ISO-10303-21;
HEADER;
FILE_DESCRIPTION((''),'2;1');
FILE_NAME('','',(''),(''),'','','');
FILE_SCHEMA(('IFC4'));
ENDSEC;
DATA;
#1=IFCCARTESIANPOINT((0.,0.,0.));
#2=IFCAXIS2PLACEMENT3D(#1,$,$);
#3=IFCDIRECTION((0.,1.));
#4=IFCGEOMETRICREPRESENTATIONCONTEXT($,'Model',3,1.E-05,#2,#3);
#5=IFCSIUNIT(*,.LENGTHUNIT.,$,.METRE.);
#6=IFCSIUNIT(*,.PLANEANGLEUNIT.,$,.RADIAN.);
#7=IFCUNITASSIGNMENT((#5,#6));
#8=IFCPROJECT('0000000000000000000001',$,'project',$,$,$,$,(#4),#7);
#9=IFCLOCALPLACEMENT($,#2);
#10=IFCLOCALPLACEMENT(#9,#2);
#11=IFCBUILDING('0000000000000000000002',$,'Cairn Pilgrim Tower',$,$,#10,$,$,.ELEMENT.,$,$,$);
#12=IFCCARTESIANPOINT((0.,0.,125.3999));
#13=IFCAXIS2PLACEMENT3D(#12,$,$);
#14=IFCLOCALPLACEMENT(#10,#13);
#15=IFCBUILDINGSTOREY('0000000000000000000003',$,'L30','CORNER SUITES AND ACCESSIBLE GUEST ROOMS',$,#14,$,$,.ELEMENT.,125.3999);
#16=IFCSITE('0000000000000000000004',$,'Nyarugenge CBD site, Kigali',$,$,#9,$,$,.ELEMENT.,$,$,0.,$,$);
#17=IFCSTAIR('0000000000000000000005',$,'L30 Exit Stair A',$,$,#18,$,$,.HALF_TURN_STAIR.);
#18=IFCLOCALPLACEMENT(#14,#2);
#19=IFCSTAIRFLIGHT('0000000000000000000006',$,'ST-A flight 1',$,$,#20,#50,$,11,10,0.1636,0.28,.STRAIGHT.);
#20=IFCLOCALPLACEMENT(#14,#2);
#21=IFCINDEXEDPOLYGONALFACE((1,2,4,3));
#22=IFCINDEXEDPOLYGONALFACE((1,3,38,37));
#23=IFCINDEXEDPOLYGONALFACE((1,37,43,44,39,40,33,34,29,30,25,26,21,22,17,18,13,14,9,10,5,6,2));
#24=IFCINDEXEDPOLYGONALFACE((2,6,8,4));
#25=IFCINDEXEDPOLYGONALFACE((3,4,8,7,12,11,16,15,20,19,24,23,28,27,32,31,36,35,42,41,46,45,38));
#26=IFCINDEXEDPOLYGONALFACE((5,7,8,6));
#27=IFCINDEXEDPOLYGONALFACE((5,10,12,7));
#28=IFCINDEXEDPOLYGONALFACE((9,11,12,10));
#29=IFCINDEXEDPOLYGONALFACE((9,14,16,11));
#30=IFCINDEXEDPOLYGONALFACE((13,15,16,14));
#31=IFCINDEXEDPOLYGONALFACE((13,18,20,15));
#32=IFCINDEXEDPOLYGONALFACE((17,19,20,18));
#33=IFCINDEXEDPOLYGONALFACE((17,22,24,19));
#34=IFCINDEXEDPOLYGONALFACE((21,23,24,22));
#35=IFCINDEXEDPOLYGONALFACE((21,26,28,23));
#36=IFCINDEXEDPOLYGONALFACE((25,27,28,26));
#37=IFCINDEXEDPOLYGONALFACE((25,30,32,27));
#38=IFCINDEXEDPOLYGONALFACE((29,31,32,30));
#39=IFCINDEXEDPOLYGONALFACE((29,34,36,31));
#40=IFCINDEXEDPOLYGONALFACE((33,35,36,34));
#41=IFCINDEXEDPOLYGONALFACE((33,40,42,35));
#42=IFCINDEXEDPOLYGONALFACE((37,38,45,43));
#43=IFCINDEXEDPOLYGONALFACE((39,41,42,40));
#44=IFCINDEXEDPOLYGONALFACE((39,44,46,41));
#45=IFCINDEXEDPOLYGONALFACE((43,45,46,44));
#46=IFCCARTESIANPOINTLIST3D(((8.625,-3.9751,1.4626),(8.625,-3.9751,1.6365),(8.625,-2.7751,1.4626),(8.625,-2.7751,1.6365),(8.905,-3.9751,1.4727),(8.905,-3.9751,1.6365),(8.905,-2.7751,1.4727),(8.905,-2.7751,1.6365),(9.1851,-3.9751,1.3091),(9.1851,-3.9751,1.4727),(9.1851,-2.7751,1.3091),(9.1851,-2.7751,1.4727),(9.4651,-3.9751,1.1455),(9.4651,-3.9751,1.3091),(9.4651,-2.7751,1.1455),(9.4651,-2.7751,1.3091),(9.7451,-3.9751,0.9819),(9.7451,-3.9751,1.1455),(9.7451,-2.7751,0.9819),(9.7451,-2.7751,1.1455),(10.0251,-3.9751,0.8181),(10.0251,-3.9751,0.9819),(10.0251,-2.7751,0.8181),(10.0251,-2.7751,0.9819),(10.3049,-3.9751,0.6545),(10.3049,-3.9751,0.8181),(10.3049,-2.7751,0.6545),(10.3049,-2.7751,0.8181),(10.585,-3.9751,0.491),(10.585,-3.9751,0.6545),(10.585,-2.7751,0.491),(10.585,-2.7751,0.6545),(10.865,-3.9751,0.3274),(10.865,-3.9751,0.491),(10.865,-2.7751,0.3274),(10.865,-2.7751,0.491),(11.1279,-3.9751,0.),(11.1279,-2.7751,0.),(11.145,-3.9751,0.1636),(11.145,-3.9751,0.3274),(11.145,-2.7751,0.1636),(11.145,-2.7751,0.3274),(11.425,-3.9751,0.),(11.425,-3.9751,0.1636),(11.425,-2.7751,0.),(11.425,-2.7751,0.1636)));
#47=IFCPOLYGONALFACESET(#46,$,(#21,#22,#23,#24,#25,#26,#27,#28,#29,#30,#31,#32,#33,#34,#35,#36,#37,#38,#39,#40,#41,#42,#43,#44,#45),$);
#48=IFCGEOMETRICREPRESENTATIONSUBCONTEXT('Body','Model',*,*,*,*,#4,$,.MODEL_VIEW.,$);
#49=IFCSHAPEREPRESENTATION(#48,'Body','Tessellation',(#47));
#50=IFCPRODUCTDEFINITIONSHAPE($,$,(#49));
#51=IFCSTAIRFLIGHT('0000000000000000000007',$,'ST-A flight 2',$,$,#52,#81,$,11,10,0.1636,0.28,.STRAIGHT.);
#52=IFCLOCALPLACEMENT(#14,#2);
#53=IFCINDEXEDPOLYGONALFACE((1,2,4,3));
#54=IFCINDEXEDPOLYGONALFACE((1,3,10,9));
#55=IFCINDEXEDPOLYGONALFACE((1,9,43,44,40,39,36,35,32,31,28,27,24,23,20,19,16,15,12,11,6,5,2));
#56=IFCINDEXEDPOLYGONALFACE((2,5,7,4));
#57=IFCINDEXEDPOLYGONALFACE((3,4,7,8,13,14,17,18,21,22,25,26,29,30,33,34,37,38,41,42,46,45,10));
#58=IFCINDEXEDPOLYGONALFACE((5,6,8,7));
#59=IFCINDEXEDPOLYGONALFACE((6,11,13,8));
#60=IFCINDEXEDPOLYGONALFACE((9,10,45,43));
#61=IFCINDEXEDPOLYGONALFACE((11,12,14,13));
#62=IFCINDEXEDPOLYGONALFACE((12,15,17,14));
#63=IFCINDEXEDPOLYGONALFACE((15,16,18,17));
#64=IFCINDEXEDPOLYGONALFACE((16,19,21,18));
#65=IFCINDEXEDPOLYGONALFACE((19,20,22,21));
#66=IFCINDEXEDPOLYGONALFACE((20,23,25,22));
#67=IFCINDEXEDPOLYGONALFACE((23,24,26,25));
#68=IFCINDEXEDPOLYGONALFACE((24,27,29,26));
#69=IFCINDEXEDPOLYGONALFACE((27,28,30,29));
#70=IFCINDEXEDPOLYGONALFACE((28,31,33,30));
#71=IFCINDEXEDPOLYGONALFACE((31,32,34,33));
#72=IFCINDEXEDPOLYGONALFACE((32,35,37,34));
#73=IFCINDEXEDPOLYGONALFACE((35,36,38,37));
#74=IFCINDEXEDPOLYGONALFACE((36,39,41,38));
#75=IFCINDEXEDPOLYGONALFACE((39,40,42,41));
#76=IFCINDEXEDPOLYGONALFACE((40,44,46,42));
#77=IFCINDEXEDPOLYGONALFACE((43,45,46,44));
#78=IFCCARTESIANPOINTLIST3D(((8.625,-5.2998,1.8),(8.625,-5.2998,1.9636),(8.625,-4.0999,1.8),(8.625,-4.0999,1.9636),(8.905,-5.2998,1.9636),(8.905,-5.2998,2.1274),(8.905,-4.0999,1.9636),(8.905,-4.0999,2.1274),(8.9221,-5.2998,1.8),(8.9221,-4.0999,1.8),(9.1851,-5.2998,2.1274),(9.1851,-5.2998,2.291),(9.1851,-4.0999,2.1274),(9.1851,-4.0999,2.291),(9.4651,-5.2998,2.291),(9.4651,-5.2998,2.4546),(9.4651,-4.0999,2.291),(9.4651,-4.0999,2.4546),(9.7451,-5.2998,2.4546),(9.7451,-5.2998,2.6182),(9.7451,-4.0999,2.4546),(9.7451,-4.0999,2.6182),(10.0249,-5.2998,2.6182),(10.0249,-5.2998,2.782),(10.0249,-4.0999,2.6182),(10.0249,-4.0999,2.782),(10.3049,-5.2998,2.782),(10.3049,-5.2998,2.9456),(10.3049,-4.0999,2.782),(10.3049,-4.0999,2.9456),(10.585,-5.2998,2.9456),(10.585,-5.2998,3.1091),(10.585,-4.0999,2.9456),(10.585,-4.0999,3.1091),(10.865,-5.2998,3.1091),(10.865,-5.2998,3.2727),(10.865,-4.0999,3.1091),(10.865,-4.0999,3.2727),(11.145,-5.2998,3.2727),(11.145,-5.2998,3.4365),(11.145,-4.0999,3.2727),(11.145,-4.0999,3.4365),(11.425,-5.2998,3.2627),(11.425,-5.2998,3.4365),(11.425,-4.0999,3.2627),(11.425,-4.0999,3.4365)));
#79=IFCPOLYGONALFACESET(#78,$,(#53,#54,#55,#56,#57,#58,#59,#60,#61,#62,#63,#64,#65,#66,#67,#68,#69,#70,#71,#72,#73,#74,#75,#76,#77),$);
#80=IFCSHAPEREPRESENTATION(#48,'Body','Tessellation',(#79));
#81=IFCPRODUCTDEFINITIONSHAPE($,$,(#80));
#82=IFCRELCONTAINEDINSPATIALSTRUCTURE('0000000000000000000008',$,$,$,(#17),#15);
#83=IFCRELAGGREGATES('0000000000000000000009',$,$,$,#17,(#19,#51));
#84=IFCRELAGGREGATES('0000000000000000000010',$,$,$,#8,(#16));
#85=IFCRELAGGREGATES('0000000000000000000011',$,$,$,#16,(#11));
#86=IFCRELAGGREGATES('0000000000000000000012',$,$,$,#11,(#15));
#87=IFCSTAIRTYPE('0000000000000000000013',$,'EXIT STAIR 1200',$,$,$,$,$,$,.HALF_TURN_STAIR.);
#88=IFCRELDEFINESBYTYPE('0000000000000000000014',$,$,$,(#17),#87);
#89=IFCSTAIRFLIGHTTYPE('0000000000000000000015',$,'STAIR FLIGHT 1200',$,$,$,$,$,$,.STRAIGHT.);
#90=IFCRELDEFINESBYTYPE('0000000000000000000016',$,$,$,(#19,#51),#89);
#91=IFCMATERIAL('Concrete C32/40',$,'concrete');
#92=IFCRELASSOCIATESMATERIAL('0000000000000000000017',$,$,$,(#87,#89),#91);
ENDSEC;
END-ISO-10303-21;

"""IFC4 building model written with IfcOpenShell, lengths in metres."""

from ifc_helpers import new_model, si_unit, direction, frame, origin, place, context, subcontext, project, spatial, polyline, outline, extrude, material, type_object, element, aggregate, save


model = new_model("IFC4")

# Units and contexts
model_context = context("Model", 3, precision=1e-05, world=origin(), true_north=direction((0.0, 1.0)))
body_context = subcontext(model_context, "Body", "Model", "MODEL_VIEW")
ifc_project = project(units=[si_unit("LENGTHUNIT", "METRE"), si_unit("PLANEANGLEUNIT", "RADIAN")], contexts=[model_context])

# Site, building, storey
site_placement = place(None, origin())
site = spatial("IfcSite", under=ifc_project, at=site_placement, Name="Nyarugenge CBD site, Kigali", CompositionType="ELEMENT", RefElevation=0.0)
building_placement = place(site_placement, origin())
building = spatial("IfcBuilding", under=site, at=building_placement, Name="Cairn Pilgrim Tower", CompositionType="ELEMENT")
storey_placement = place(building_placement, frame((0.0, 0.0, 125.3999)))
storey = spatial("IfcBuildingStorey", under=building, at=storey_placement, Name="L30", Description="CORNER SUITES AND ACCESSIBLE GUEST ROOMS", CompositionType="ELEMENT", Elevation=125.3999)

# Shared definitions
ifc_material_1 = material(Name="Concrete C32/40", Category="concrete")

# Stair, stair flights
stair_type = type_object("IfcStairType", Name="EXIT STAIR 1200", PredefinedType="HALF_TURN_STAIR", material=ifc_material_1)
stair_placement = place(storey_placement, origin())
stair = element("IfcStair", 1, at=stair_placement, inside=storey, type_object=stair_type, Name="L30 Exit Stair A", PredefinedType="HALF_TURN_STAIR")
stair_flight_type = type_object("IfcStairFlightType", Name="STAIR FLIGHT 1200", PredefinedType="STRAIGHT", material=ifc_material_1)
stair_flight_1_placement = place(storey_placement, frame((11.425, -3.375, 0.0), z_axis=(0.0, 0.0, 1.0), x_axis=(-1.0, 0.0, 0.0)))
stair_flight_1 = element("IfcStairFlight", 2, at=stair_flight_1_placement, type_object=stair_flight_type, Name="ST-A flight 1", NumberOfRisers=11, NumberOfTreads=10, PredefinedType="STRAIGHT", RiserHeight=0.1636, TreadLength=0.28, context=body_context, shape_type="SweptSolid", body=[
    extrude(outline(polyline([(0.0, 0.0), (0.0, 0.1636), (0.28, 0.1636), (0.28, 0.3274), (0.5601, 0.3274), (0.5601, 0.491), (0.8401, 0.491), (0.8401, 0.6545), (1.1201, 0.6545), (1.1201, 0.8181), (1.3999, 0.8181), (1.3999, 0.9819), (1.6799, 0.9819), (1.6799, 1.1455), (1.96, 1.1455), (1.96, 1.3091), (2.24, 1.3091), (2.24, 1.4727), (2.52, 1.4727), (2.52, 1.6365), (2.8, 1.6365), (2.8, 1.8), (2.8, 1.4626), (0.2971, 0.0), (0.0, 0.0)])), frame((0.0, 0.6001, 0.0), z_axis=(0.0, -1.0, 0.0), x_axis=(1.0, 0.0, 0.0)), (0.0, 0.0, 1.0), 1.2),
])
stair_flight_2_placement = place(storey_placement, frame((8.625, -4.7, 1.8), z_axis=(0.0, 0.0, 1.0), x_axis=(1.0, 0.0, 0.0)))
stair_flight_2 = element("IfcStairFlight", 3, at=stair_flight_2_placement, type_object=stair_flight_type, Name="ST-A flight 2", NumberOfRisers=11, NumberOfTreads=10, PredefinedType="STRAIGHT", RiserHeight=0.1636, TreadLength=0.28, context=body_context, shape_type="SweptSolid", body=[
    extrude(outline(polyline([(0.0, 0.0), (0.0, 0.1636), (0.28, 0.1636), (0.28, 0.3274), (0.5601, 0.3274), (0.5601, 0.491), (0.8401, 0.491), (0.8401, 0.6545), (1.1201, 0.6545), (1.1201, 0.8181), (1.3999, 0.8181), (1.3999, 0.9819), (1.6799, 0.9819), (1.6799, 1.1455), (1.96, 1.1455), (1.96, 1.3091), (2.24, 1.3091), (2.24, 1.4727), (2.52, 1.4727), (2.52, 1.6365), (2.8, 1.6365), (2.8, 1.8), (2.8, 1.4626), (0.2971, 0.0), (0.0, 0.0)])), frame((0.0, 0.6001, 0.0), z_axis=(0.0, -1.0, 0.0), x_axis=(1.0, 0.0, 0.0)), (0.0, 0.0, 1.0), 1.2),
])
aggregate(stair, [stair_flight_1, stair_flight_2])

save(model, "model.ifc")
